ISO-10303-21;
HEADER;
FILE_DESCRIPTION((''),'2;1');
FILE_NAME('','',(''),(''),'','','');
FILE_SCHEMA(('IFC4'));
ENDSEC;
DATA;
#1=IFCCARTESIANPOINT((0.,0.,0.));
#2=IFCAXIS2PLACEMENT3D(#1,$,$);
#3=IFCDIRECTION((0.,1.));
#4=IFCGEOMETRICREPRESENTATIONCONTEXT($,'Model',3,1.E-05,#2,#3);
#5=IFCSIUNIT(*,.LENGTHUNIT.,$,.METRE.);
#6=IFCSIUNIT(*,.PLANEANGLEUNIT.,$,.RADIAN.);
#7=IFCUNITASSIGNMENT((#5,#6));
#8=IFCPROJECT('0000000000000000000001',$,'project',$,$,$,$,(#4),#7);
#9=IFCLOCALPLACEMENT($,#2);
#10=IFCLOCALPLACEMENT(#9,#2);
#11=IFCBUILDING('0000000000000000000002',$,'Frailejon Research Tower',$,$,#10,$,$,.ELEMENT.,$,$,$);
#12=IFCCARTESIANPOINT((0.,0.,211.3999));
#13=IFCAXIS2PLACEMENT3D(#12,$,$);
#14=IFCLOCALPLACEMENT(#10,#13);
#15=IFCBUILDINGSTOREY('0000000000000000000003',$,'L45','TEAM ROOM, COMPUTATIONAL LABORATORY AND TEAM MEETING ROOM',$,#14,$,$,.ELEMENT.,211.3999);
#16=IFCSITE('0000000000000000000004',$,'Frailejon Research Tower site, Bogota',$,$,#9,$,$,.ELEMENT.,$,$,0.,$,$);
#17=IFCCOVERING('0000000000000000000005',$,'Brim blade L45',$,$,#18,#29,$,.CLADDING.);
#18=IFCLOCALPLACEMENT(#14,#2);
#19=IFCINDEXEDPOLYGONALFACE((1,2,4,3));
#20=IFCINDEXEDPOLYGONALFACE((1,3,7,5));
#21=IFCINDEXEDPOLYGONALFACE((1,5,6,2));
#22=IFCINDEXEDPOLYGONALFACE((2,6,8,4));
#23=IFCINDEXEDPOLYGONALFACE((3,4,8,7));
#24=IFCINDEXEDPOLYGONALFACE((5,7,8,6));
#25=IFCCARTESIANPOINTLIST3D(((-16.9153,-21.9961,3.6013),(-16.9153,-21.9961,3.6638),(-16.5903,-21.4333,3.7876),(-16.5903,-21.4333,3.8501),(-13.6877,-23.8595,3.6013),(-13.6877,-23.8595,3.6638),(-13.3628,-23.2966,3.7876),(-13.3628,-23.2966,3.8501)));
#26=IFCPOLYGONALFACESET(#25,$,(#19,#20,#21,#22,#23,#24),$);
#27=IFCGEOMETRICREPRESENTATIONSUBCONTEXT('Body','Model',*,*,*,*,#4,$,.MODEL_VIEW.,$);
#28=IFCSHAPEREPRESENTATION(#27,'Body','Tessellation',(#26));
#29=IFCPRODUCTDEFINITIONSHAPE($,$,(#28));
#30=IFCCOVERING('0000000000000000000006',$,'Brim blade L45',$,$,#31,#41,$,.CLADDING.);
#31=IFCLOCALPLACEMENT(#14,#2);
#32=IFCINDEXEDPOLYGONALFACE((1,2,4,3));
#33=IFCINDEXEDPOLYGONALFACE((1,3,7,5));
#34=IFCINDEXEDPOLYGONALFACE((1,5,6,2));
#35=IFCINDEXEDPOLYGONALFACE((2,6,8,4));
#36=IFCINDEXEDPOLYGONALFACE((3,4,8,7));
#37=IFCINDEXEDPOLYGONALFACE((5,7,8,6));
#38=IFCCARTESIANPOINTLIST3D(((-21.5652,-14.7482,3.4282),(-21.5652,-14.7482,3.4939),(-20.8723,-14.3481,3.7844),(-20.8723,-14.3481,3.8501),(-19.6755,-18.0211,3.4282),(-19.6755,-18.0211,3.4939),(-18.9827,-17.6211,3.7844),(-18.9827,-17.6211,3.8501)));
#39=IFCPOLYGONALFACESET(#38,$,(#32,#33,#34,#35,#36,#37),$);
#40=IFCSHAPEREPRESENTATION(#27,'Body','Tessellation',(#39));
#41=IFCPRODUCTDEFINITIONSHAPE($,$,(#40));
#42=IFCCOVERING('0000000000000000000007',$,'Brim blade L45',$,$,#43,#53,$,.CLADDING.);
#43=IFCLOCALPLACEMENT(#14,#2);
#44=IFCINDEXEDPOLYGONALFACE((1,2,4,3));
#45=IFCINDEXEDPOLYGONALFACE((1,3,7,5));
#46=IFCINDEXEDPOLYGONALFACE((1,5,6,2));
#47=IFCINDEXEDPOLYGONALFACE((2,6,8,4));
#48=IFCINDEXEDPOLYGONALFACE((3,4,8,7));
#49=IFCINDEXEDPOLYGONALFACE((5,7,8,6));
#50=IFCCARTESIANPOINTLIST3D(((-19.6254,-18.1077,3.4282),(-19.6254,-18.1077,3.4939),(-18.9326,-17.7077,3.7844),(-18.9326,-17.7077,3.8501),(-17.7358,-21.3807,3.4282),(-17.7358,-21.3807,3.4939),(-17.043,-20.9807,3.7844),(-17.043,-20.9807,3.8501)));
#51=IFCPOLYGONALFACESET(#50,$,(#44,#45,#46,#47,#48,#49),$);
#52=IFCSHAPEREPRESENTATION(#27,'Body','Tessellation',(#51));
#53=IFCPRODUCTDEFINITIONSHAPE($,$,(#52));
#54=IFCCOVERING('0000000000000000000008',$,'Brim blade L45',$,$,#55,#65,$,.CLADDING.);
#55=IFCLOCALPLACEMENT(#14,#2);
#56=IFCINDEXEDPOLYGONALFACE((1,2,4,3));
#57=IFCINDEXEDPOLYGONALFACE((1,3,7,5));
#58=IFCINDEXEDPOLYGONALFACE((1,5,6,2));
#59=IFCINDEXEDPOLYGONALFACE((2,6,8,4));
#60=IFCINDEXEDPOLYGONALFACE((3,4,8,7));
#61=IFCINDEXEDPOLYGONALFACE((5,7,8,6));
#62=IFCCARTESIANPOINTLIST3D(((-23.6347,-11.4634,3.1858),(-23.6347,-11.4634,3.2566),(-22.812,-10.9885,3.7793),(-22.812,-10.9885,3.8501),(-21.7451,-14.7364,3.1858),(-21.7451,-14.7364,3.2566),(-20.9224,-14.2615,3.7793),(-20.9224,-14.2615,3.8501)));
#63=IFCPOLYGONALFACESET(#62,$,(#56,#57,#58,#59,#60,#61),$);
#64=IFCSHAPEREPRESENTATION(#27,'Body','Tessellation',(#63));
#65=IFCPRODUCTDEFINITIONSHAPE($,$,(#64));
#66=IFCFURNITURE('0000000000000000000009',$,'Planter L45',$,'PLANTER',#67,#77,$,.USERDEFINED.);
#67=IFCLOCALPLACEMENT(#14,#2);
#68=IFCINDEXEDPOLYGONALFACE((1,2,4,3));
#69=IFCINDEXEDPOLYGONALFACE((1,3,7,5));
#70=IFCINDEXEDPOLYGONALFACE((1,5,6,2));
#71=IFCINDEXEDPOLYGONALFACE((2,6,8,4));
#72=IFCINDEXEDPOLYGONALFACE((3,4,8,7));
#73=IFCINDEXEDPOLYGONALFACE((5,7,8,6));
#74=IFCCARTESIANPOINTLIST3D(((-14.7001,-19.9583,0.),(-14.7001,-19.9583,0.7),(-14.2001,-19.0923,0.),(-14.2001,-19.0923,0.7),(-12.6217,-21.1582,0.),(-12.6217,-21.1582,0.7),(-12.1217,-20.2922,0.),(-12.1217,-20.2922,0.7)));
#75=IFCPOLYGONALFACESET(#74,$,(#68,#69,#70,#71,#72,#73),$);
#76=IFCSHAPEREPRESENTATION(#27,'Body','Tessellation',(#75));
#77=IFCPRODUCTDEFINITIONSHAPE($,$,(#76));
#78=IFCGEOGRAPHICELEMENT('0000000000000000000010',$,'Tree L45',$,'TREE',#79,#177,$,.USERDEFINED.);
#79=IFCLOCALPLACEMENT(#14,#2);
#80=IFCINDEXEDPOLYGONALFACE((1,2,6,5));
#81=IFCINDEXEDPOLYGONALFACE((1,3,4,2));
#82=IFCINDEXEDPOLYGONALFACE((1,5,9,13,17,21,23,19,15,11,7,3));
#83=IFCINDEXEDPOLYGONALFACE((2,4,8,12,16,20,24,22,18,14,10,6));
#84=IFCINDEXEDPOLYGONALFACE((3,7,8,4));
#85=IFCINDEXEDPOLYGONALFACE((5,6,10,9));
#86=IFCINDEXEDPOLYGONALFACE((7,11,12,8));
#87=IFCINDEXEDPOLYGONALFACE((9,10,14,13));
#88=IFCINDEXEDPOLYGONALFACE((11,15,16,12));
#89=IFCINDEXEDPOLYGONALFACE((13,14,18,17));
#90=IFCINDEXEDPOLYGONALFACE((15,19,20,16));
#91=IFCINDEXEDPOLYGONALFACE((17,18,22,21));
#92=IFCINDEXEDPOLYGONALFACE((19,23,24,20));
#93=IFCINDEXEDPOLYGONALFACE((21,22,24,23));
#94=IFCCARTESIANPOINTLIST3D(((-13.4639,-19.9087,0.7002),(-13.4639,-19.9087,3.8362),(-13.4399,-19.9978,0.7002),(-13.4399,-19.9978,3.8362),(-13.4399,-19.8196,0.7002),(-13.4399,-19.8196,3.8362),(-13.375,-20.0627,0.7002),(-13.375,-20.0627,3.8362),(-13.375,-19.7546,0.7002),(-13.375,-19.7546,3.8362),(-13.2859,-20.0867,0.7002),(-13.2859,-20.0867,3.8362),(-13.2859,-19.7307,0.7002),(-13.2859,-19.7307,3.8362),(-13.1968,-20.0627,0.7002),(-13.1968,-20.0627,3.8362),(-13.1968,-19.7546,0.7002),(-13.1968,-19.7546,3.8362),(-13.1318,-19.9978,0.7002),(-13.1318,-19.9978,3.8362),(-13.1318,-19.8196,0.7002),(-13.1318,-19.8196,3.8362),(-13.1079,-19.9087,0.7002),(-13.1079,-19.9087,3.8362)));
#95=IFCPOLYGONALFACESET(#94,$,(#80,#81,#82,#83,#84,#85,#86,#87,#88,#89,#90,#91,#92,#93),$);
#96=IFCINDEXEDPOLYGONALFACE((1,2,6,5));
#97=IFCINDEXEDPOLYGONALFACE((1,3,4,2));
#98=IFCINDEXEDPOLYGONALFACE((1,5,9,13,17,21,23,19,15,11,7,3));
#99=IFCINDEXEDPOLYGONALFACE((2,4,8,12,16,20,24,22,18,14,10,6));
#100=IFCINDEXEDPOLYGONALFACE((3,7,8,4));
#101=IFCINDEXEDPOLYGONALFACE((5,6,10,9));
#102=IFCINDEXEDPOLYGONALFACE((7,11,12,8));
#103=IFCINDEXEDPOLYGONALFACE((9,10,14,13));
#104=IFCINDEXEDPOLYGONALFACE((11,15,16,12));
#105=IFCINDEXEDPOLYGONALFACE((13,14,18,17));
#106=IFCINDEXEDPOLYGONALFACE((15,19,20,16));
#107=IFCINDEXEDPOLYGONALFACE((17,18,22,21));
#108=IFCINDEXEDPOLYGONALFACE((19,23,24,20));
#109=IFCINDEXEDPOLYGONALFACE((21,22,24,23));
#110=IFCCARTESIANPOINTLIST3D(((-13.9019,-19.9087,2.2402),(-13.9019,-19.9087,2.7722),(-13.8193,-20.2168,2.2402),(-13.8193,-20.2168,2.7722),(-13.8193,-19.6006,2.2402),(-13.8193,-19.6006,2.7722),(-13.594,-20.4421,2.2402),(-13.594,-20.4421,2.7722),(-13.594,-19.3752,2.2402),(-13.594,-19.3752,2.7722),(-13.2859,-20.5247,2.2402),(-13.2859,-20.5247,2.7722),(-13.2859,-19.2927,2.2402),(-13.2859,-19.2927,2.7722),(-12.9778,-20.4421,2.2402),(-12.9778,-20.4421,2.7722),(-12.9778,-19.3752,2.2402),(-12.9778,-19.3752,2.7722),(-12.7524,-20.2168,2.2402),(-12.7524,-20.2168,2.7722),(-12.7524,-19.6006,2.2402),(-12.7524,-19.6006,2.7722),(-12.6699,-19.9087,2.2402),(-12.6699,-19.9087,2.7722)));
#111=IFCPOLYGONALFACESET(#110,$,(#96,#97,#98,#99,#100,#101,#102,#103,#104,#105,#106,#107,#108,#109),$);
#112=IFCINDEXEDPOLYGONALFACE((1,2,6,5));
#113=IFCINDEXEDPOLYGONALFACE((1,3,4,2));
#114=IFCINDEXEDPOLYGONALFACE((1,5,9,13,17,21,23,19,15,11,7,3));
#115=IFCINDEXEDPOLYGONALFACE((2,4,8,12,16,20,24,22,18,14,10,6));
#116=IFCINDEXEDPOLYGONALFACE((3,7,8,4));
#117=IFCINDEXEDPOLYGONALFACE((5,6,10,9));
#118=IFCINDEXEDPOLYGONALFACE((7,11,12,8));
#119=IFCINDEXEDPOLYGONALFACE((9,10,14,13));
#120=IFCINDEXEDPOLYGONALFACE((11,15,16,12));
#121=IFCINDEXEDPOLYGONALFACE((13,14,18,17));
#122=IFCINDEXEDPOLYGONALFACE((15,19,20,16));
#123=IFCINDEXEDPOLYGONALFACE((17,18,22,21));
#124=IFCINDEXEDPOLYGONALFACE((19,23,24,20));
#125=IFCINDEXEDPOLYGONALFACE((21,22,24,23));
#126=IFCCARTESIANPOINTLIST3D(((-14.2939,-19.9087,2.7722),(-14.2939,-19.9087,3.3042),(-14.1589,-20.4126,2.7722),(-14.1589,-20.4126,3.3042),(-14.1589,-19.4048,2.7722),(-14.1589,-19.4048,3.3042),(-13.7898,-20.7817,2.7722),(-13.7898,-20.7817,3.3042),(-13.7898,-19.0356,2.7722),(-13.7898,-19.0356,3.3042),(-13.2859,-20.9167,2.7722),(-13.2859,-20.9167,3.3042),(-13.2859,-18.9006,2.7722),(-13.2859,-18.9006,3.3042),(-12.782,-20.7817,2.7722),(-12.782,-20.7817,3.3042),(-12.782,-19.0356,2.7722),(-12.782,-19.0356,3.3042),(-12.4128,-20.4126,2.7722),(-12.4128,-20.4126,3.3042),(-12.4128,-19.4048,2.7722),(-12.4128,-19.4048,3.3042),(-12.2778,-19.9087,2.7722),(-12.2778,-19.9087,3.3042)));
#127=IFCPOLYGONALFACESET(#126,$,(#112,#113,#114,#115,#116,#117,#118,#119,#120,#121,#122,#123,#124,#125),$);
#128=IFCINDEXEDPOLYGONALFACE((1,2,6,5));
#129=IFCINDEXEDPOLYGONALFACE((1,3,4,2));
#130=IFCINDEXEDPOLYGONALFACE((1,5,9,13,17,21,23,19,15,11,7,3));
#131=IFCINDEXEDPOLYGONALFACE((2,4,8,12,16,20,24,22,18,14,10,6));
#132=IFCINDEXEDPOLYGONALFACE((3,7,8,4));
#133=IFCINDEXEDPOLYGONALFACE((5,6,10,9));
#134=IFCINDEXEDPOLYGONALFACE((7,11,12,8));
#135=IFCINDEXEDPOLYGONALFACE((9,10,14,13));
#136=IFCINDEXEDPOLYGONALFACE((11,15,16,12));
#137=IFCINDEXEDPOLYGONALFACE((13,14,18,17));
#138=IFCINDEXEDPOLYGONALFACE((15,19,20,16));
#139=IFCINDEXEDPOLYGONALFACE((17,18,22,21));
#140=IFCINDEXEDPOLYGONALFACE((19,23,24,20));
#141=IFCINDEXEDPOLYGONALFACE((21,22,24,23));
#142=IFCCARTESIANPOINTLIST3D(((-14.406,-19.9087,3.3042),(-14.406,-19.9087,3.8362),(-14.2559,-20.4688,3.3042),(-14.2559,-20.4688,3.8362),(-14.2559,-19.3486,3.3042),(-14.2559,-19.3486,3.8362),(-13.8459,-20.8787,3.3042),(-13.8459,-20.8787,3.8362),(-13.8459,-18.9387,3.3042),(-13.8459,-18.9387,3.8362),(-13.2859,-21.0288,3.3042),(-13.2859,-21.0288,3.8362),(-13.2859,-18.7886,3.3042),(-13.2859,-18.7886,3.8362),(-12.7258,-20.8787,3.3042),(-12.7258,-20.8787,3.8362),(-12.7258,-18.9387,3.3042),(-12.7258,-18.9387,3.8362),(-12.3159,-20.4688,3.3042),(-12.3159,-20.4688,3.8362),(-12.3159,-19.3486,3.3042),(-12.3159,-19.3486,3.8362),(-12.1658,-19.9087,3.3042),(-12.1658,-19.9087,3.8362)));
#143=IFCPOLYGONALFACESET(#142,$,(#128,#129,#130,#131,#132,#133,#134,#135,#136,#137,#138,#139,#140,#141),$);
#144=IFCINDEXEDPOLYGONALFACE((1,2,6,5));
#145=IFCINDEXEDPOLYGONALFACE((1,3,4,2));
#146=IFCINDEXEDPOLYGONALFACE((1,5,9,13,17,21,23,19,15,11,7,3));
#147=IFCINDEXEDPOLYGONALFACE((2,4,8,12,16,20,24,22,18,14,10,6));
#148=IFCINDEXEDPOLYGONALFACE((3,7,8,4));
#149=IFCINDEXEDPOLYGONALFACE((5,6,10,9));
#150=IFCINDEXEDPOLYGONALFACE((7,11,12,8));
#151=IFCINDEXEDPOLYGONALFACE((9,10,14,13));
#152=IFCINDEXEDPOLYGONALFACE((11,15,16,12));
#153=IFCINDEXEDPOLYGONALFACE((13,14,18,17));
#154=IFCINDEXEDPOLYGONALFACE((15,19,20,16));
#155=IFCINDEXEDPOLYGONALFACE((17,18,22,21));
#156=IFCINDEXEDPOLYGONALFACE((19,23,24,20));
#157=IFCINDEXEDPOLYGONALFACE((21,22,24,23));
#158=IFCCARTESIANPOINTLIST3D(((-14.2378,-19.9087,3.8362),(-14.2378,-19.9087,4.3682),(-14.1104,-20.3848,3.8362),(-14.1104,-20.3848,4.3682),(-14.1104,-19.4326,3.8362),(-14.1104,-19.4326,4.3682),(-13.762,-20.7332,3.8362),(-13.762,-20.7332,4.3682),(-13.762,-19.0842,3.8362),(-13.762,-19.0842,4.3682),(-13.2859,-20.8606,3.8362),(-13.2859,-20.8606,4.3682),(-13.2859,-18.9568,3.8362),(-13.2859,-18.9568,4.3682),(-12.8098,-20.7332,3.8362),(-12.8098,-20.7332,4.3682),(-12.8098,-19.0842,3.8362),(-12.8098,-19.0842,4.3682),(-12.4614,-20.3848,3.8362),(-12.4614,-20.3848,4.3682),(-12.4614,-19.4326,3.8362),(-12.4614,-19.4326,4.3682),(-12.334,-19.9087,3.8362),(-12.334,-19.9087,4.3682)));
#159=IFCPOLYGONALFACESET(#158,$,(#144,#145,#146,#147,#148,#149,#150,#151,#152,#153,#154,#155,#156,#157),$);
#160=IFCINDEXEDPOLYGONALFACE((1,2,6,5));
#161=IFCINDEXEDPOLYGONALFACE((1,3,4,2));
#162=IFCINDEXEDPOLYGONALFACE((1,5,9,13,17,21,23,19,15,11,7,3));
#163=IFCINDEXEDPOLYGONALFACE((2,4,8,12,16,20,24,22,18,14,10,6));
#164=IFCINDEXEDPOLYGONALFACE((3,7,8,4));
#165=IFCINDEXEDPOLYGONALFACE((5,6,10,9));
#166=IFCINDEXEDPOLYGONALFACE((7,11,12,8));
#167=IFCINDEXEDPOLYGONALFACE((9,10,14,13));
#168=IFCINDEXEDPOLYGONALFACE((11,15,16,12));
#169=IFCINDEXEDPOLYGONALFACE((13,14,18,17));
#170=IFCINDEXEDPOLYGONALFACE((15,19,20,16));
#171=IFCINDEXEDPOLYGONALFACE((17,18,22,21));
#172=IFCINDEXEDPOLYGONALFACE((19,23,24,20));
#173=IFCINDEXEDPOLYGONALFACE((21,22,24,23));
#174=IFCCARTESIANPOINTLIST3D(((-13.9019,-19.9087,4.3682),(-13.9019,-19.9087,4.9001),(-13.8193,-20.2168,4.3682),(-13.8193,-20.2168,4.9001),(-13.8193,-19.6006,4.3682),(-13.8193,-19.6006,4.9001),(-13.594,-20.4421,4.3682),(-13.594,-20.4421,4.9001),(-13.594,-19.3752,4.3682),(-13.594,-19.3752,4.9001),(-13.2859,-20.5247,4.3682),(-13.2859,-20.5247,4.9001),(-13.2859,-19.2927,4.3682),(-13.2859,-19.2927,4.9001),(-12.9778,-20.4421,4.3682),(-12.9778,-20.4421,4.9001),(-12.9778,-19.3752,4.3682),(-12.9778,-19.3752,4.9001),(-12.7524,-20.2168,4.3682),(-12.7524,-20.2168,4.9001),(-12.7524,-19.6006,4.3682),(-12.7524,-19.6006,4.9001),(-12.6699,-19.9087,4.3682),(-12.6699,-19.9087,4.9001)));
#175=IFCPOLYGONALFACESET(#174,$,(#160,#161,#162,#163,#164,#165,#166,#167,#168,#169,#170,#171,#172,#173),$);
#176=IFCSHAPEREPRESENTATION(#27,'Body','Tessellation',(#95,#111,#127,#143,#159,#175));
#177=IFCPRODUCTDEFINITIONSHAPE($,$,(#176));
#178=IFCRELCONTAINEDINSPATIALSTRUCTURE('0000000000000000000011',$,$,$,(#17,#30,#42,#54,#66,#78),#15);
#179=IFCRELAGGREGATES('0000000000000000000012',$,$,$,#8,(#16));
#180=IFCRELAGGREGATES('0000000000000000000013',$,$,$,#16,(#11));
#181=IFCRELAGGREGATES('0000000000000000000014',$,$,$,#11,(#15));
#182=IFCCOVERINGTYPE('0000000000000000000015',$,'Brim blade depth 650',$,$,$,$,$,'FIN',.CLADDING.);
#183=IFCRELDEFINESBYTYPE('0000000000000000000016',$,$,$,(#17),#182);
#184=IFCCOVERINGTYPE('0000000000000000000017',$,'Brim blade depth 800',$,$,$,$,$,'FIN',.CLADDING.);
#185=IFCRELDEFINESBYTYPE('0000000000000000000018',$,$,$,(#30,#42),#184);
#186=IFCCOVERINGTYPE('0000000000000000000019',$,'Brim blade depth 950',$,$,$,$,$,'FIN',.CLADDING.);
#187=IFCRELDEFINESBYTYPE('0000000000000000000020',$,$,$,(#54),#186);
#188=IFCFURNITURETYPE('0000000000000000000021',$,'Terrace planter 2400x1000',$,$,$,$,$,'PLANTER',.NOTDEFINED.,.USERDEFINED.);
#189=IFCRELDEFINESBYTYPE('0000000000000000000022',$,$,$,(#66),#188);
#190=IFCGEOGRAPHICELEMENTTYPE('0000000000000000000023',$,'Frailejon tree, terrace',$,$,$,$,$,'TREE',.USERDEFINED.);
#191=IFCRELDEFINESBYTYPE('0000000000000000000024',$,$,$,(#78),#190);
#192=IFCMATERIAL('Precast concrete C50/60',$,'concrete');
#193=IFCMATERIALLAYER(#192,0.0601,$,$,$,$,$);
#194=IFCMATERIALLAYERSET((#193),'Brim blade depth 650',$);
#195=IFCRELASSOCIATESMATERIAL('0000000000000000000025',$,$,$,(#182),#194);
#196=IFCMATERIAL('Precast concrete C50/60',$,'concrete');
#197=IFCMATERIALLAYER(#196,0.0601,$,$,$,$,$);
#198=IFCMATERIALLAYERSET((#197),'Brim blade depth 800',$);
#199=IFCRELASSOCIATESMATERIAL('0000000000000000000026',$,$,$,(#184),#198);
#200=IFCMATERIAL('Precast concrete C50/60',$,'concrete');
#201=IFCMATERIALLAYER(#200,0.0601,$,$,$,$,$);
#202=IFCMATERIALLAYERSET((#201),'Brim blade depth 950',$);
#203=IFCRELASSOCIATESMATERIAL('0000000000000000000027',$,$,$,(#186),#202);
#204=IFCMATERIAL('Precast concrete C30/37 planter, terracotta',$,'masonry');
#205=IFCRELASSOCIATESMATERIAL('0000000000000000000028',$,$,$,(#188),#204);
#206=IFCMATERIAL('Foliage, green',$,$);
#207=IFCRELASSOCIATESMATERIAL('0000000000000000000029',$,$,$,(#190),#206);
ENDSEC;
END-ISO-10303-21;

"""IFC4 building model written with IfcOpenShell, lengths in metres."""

from ifc_helpers import new_model, si_unit, direction, frame, origin, origin_2d, place, context, subcontext, project, spatial, polyline, rectangle, outline, extrude, material, layer, layer_set, type_object, element, save


model = new_model("IFC4")

# Units and contexts
model_context = context("Model", 3, precision=1e-05, world=origin(), true_north=direction((0.0, 1.0)))
body_context = subcontext(model_context, "Body", "Model", "MODEL_VIEW")
ifc_project = project(units=[si_unit("LENGTHUNIT", "METRE"), si_unit("PLANEANGLEUNIT", "RADIAN")], contexts=[model_context])

# Site, building, storey
site_placement = place(None, origin())
site = spatial("IfcSite", under=ifc_project, at=site_placement, Name="Frailejon Research Tower site, Bogota", CompositionType="ELEMENT", RefElevation=0.0)
building_placement = place(site_placement, origin())
building = spatial("IfcBuilding", under=site, at=building_placement, Name="Frailejon Research Tower", CompositionType="ELEMENT")
storey_placement = place(building_placement, frame((0.0, 0.0, 211.3999)))
storey = spatial("IfcBuildingStorey", under=building, at=storey_placement, Name="L45", Description="TEAM ROOM, COMPUTATIONAL LABORATORY AND TEAM MEETING ROOM", CompositionType="ELEMENT", Elevation=211.3999)

# Coverings
ifc_material_1 = material(Name="Precast concrete C50/60", Category="concrete")
ifc_layer_1 = layer(ifc_material_1, 0.0601)
ifc_layer_set_1 = layer_set([ifc_layer_1], Name="Brim blade depth 650")
covering_type_1 = type_object("IfcCoveringType", Name="Brim blade depth 650", ElementType="FIN", PredefinedType="CLADDING", material=ifc_layer_set_1)
covering_1_placement = place(storey_placement, frame((-13.3628, -23.2966, 3.8501), z_axis=(-0.866036, 0.499981, 0.0), x_axis=(-0.499981, -0.866036, 0.0)))
element("IfcCovering", 1, at=covering_1_placement, inside=storey, type_object=covering_type_1, Name="Brim blade L45", PredefinedType="CLADDING", context=body_context, shape_type="SweptSolid", body=[
    extrude(outline(polyline([(0.0, -0.0625), (0.6499, -0.2488), (0.6499, -0.1863), (0.0, 0.0), (0.0, -0.0625)])), origin(), (0.0, 0.0, 1.0), 3.7268),
])
ifc_material_2 = material(Name="Precast concrete C50/60", Category="concrete")
ifc_layer_2 = layer(ifc_material_2, 0.0601)
ifc_layer_set_2 = layer_set([ifc_layer_2], Name="Brim blade depth 800")
covering_type_2 = type_object("IfcCoveringType", Name="Brim blade depth 800", ElementType="FIN", PredefinedType="CLADDING", material=ifc_layer_set_2)
for number, where, z_axis, x_axis, name in (
    (2, (-18.9827, -17.6211, 3.8501), (-0.500007, 0.866022, 0.0), (-0.866022, -0.500007, 0.0), "Brim blade L45"),
    (3, (-17.043, -20.9807, 3.8501), (-0.499987, 0.866033, 0.0), (-0.866033, -0.499987, 0.0), "Brim blade L45"),
):
    element("IfcCovering", number, at=place(storey_placement, frame(where, z_axis=z_axis, x_axis=x_axis)), inside=storey, type_object=covering_type_2, Name=name, PredefinedType="CLADDING", context=body_context, shape_type="SweptSolid", body=[
        extrude(outline(polyline([(0.0, -0.0657), (0.8, -0.4219), (0.8, -0.3562), (0.0, 0.0), (0.0, -0.0657)])), origin(), (0.0, 0.0, 1.0), 3.7793),
    ])
ifc_material_3 = material(Name="Precast concrete C50/60", Category="concrete")
ifc_layer_3 = layer(ifc_material_3, 0.0601)
ifc_layer_set_3 = layer_set([ifc_layer_3], Name="Brim blade depth 950")
covering_type_3 = type_object("IfcCoveringType", Name="Brim blade depth 950", ElementType="FIN", PredefinedType="CLADDING", material=ifc_layer_set_3)
covering_2_placement = place(storey_placement, frame((-20.9224, -14.2615, 3.8501), z_axis=(-0.499987, 0.866033, 0.0), x_axis=(-0.866033, -0.499987, 0.0)))
element("IfcCovering", 4, at=covering_2_placement, inside=storey, type_object=covering_type_3, Name="Brim blade L45", PredefinedType="CLADDING", context=body_context, shape_type="SweptSolid", body=[
    extrude(outline(polyline([(0.0, -0.0708), (0.95, -0.6643), (0.95, -0.5935), (0.0, 0.0), (0.0, -0.0708)])), origin(), (0.0, 0.0, 1.0), 3.7793),
])

# Furniture
ifc_material_4 = material(Name="Precast concrete C30/37 planter, terracotta", Category="masonry")
furniture_type = type_object("IfcFurnitureType", Name="Terrace planter 2400x1000", ElementType="PLANTER", AssemblyPlace="NOTDEFINED", PredefinedType="USERDEFINED", material=ifc_material_4)
furniture_placement = place(storey_placement, frame((-13.4109, -20.1252, 0.0), z_axis=(0.0, 0.0, 1.0), x_axis=(0.866025, -0.5, 0.0)))
element("IfcFurniture", 5, at=furniture_placement, inside=storey, type_object=furniture_type, Name="Planter L45", ObjectType="PLANTER", PredefinedType="USERDEFINED", context=body_context, shape_type="SweptSolid", body=[
    extrude(rectangle(XDim=2.3999, YDim=1.0, at=origin_2d()), origin(), (0.0, 0.0, 1.0), 0.7),
])

# Geographic element
ifc_material_5 = material(Name="Foliage, green")
geographic_element_type = type_object("IfcGeographicElementType", Name="Frailejon tree, terrace", ElementType="TREE", PredefinedType="USERDEFINED", material=ifc_material_5)
geographic_element_placement = place(storey_placement, frame((-13.2859, -19.9087, 0.7002)))
element("IfcGeographicElement", 6, at=geographic_element_placement, inside=storey, type_object=geographic_element_type, Name="Tree L45", ObjectType="TREE", PredefinedType="USERDEFINED", context=body_context, shape_type="SweptSolid", body=[
    extrude(outline(polyline([(0.178, 0.0), (0.1541, 0.0891), (0.0891, 0.1541), (0.0, 0.178), (-0.0891, 0.1541), (-0.1541, 0.0891), (-0.178, 0.0), (-0.1541, -0.0891), (-0.0891, -0.1541), (0.0, -0.178), (0.0891, -0.1541), (0.1541, -0.0891), (0.178, 0.0)])), origin(), (0.0, 0.0, 1.0), 3.136),
    extrude(outline(polyline([(0.616, 0.0), (0.5334, 0.3081), (0.3081, 0.5334), (0.0, 0.616), (-0.3081, 0.5334), (-0.5334, 0.3081), (-0.616, 0.0), (-0.5334, -0.3081), (-0.3081, -0.5334), (0.0, -0.616), (0.3081, -0.5334), (0.5334, -0.3081), (0.616, 0.0)])), frame((0.0, 0.0, 1.54)), (0.0, 0.0, 1.0), 0.532),
    extrude(outline(polyline([(1.0081, 0.0), (0.873, 0.5039), (0.5039, 0.873), (0.0, 1.0081), (-0.5039, 0.873), (-0.873, 0.5039), (-1.0081, 0.0), (-0.873, -0.5039), (-0.5039, -0.873), (0.0, -1.0081), (0.5039, -0.873), (0.873, -0.5039), (1.0081, 0.0)])), frame((0.0, 0.0, 2.072)), (0.0, 0.0, 1.0), 0.532),
    extrude(outline(polyline([(1.1201, 0.0), (0.97, 0.5601), (0.5601, 0.97), (0.0, 1.1201), (-0.5601, 0.97), (-0.97, 0.5601), (-1.1201, 0.0), (-0.97, -0.5601), (-0.5601, -0.97), (0.0, -1.1201), (0.5601, -0.97), (0.97, -0.5601), (1.1201, 0.0)])), frame((0.0, 0.0, 2.604)), (0.0, 0.0, 1.0), 0.532),
    extrude(outline(polyline([(0.9519, 0.0), (0.8245, 0.4761), (0.4761, 0.8245), (0.0, 0.9519), (-0.4761, 0.8245), (-0.8245, 0.4761), (-0.9519, 0.0), (-0.8245, -0.4761), (-0.4761, -0.8245), (0.0, -0.9519), (0.4761, -0.8245), (0.8245, -0.4761), (0.9519, 0.0)])), frame((0.0, 0.0, 3.136)), (0.0, 0.0, 1.0), 0.532),
    extrude(outline(polyline([(0.616, 0.0), (0.5334, 0.3081), (0.3081, 0.5334), (0.0, 0.616), (-0.3081, 0.5334), (-0.5334, 0.3081), (-0.616, 0.0), (-0.5334, -0.3081), (-0.3081, -0.5334), (0.0, -0.616), (0.3081, -0.5334), (0.5334, -0.3081), (0.616, 0.0)])), frame((0.0, 0.0, 3.668)), (0.0, 0.0, 1.0), 0.532),
])

save(model, "model.ifc")
